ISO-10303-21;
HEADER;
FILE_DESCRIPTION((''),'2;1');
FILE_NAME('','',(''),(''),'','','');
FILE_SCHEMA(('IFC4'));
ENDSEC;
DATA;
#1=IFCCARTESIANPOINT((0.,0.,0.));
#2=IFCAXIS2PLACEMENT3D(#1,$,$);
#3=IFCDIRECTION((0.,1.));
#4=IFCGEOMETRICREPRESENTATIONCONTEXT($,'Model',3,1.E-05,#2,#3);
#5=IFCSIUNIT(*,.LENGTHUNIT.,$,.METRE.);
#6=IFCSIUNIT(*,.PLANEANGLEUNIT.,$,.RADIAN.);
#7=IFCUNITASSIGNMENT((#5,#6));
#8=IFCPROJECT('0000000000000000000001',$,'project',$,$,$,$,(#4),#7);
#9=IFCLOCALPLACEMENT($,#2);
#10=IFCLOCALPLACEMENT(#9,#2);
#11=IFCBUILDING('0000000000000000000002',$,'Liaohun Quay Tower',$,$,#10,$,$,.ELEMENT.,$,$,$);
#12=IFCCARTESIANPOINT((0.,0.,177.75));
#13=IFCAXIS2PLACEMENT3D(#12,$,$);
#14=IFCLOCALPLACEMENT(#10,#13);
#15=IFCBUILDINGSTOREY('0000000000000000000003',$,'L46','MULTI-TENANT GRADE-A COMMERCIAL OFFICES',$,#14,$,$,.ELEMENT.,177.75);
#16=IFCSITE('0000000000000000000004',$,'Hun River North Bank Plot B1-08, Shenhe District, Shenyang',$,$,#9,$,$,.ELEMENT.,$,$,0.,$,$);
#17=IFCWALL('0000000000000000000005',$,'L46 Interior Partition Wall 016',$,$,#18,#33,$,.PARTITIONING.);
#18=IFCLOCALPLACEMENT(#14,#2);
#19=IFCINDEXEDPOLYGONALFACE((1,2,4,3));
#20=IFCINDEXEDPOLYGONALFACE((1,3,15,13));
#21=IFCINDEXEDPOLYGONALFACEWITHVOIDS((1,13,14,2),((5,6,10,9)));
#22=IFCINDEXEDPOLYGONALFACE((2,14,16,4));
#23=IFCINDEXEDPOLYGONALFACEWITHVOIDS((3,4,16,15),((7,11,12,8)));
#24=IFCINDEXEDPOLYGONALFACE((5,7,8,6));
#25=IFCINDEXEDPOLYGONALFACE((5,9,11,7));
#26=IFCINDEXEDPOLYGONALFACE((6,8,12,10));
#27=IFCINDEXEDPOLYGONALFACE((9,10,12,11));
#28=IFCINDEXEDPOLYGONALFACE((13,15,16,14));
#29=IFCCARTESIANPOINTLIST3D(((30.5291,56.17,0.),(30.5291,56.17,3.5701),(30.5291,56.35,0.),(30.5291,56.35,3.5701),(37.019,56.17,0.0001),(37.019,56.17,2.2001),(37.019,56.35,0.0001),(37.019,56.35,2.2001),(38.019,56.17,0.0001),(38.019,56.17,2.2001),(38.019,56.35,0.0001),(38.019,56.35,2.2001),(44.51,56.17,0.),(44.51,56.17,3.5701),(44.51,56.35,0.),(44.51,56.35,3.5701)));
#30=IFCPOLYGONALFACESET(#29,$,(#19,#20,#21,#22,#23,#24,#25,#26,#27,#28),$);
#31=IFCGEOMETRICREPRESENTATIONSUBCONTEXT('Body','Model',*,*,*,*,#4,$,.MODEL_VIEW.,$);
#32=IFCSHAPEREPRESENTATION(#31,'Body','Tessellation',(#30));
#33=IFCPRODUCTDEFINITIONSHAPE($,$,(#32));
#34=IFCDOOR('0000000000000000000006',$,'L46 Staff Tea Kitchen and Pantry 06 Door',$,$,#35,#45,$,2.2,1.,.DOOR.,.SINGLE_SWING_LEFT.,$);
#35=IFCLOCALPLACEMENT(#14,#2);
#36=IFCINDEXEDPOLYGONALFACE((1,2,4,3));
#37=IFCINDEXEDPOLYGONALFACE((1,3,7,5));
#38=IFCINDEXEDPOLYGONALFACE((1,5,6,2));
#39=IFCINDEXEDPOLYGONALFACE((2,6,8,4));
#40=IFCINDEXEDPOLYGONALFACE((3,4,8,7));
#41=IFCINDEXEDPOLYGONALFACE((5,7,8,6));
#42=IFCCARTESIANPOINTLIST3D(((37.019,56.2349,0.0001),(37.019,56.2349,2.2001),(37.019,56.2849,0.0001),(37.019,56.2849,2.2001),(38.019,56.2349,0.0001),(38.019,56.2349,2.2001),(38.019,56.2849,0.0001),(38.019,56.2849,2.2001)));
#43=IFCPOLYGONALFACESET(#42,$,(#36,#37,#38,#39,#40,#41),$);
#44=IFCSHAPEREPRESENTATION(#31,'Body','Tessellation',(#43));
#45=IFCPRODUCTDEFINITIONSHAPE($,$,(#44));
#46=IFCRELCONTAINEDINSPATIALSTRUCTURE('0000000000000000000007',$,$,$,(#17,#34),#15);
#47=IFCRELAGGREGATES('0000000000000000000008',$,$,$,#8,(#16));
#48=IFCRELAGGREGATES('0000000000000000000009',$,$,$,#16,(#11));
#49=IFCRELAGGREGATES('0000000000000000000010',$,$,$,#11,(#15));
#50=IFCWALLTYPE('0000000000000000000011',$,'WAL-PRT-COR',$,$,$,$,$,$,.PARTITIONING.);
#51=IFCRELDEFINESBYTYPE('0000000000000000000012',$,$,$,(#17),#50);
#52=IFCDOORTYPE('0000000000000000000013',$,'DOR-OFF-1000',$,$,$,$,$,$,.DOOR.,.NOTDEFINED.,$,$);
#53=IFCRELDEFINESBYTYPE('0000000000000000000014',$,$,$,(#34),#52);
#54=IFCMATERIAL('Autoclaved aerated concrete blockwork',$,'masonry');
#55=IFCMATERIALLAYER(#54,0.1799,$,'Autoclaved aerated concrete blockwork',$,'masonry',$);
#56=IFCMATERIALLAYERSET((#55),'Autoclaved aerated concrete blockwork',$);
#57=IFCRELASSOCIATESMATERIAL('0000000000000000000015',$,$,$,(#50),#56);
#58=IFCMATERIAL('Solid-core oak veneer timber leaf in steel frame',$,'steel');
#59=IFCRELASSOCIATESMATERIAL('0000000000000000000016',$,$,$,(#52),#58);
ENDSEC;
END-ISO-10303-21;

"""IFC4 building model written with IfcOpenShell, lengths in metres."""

from ifc_helpers import new_model, si_unit, direction, frame, frame_2d, origin, place, context, subcontext, project, spatial, rectangle, extrude, source, transform, mapped, material, layer, layer_set, type_object, element, fill, save


model = new_model("IFC4")

# Units and contexts
model_context = context("Model", 3, precision=1e-05, world=origin(), true_north=direction((0.0, 1.0)))
body_context = subcontext(model_context, "Body", "Model", "MODEL_VIEW")
ifc_project = project(units=[si_unit("LENGTHUNIT", "METRE"), si_unit("PLANEANGLEUNIT", "RADIAN")], contexts=[model_context])

# Site, building, storey
site_placement = place(None, origin())
site = spatial("IfcSite", under=ifc_project, at=site_placement, Name="Hun River North Bank Plot B1-08, Shenhe District, Shenyang", CompositionType="ELEMENT", RefElevation=0.0)
building_placement = place(site_placement, origin())
building = spatial("IfcBuilding", under=site, at=building_placement, Name="Liaohun Quay Tower", CompositionType="ELEMENT")
storey_placement = place(building_placement, frame((0.0, 0.0, 177.75)))
storey = spatial("IfcBuildingStorey", under=building, at=storey_placement, Name="L46", Description="MULTI-TENANT GRADE-A COMMERCIAL OFFICES", CompositionType="ELEMENT", Elevation=177.75)

# Wall, opening, door
ifc_material_1 = material(Name="Autoclaved aerated concrete blockwork", Category="masonry")
ifc_layer_1 = layer(ifc_material_1, 0.1799, Name="Autoclaved aerated concrete blockwork", Category="masonry")
ifc_layer_set_1 = layer_set([ifc_layer_1], Name="Autoclaved aerated concrete blockwork")
wall_type_1 = type_object("IfcWallType", Name="WAL-PRT-COR", PredefinedType="PARTITIONING", material=ifc_layer_set_1)
wall_1_placement = place(storey_placement, frame((30.5291, 56.26, 0.0), z_axis=(0.0, 0.0, 1.0), x_axis=(1.0, 0.0, 0.0)))
wall_1 = element("IfcWall", 1, at=wall_1_placement, inside=storey, type_object=wall_type_1, Name="L46 Interior Partition Wall 016", PredefinedType="PARTITIONING", context=body_context, shape_type="SweptSolid", body=[
    extrude(rectangle(XDim=13.981, YDim=0.1799, at=frame_2d((6.9905, 0.0))), origin(), (0.0, 0.0, 1.0), 3.5701),
])
shared_shape_1 = source(origin(), body_context, "Body", "SweptSolid", [
    extrude(rectangle(XDim=1.0, YDim=2.2, at=frame_2d((0.5, 1.1001))), frame((0.0, 0.0999, 0.0), z_axis=(0.0, -1.0, 0.0), x_axis=(1.0, 0.0, 0.0)), (0.0, 0.0, 1.0), 0.2),
])
opening_1_placement = place(wall_1_placement, frame((6.49, 0.0, 0.0)))
opening_1 = element("IfcOpeningElement", 2, at=opening_1_placement, cuts=wall_1, PredefinedType="OPENING", context=body_context, shape_type="MappedRepresentation", body=[
    mapped(shared_shape_1, transform((0.0, 0.0, 0.0), x_axis=(1.0, 0.0, 0.0), y_axis=(0.0, 1.0, 0.0), z_axis=(0.0, 0.0, 1.0), scale=1.0)),
])
ifc_material_2 = material(Name="Solid-core oak veneer timber leaf in steel frame", Category="steel")
door_type_1 = type_object("IfcDoorType", Name="DOR-OFF-1000", OperationType="NOTDEFINED", PredefinedType="DOOR", material=ifc_material_2)
shared_shape_2 = source(origin(), body_context, "Body", "SweptSolid", [
    extrude(rectangle(XDim=1.0, YDim=2.2, at=frame_2d((0.5, 1.1001))), frame((0.0, 0.0249, 0.0), z_axis=(0.0, -1.0, 0.0), x_axis=(1.0, 0.0, 0.0)), (0.0, 0.0, 1.0), 0.05),
])
door_1_placement = place(opening_1_placement, origin())
door_1 = element("IfcDoor", 3, at=door_1_placement, inside=storey, type_object=door_type_1, Name="L46 Staff Tea Kitchen and Pantry 06 Door", OperationType="SINGLE_SWING_LEFT", OverallHeight=2.2, OverallWidth=1.0, PredefinedType="DOOR", context=body_context, shape_type="MappedRepresentation", body=[
    mapped(shared_shape_2, transform((0.0, 0.0, 0.0), x_axis=(1.0, 0.0, 0.0), y_axis=(0.0, 1.0, 0.0), z_axis=(0.0, 0.0, 1.0), scale=1.0)),
])
fill(opening_1, door_1)

save(model, "model.ifc")
